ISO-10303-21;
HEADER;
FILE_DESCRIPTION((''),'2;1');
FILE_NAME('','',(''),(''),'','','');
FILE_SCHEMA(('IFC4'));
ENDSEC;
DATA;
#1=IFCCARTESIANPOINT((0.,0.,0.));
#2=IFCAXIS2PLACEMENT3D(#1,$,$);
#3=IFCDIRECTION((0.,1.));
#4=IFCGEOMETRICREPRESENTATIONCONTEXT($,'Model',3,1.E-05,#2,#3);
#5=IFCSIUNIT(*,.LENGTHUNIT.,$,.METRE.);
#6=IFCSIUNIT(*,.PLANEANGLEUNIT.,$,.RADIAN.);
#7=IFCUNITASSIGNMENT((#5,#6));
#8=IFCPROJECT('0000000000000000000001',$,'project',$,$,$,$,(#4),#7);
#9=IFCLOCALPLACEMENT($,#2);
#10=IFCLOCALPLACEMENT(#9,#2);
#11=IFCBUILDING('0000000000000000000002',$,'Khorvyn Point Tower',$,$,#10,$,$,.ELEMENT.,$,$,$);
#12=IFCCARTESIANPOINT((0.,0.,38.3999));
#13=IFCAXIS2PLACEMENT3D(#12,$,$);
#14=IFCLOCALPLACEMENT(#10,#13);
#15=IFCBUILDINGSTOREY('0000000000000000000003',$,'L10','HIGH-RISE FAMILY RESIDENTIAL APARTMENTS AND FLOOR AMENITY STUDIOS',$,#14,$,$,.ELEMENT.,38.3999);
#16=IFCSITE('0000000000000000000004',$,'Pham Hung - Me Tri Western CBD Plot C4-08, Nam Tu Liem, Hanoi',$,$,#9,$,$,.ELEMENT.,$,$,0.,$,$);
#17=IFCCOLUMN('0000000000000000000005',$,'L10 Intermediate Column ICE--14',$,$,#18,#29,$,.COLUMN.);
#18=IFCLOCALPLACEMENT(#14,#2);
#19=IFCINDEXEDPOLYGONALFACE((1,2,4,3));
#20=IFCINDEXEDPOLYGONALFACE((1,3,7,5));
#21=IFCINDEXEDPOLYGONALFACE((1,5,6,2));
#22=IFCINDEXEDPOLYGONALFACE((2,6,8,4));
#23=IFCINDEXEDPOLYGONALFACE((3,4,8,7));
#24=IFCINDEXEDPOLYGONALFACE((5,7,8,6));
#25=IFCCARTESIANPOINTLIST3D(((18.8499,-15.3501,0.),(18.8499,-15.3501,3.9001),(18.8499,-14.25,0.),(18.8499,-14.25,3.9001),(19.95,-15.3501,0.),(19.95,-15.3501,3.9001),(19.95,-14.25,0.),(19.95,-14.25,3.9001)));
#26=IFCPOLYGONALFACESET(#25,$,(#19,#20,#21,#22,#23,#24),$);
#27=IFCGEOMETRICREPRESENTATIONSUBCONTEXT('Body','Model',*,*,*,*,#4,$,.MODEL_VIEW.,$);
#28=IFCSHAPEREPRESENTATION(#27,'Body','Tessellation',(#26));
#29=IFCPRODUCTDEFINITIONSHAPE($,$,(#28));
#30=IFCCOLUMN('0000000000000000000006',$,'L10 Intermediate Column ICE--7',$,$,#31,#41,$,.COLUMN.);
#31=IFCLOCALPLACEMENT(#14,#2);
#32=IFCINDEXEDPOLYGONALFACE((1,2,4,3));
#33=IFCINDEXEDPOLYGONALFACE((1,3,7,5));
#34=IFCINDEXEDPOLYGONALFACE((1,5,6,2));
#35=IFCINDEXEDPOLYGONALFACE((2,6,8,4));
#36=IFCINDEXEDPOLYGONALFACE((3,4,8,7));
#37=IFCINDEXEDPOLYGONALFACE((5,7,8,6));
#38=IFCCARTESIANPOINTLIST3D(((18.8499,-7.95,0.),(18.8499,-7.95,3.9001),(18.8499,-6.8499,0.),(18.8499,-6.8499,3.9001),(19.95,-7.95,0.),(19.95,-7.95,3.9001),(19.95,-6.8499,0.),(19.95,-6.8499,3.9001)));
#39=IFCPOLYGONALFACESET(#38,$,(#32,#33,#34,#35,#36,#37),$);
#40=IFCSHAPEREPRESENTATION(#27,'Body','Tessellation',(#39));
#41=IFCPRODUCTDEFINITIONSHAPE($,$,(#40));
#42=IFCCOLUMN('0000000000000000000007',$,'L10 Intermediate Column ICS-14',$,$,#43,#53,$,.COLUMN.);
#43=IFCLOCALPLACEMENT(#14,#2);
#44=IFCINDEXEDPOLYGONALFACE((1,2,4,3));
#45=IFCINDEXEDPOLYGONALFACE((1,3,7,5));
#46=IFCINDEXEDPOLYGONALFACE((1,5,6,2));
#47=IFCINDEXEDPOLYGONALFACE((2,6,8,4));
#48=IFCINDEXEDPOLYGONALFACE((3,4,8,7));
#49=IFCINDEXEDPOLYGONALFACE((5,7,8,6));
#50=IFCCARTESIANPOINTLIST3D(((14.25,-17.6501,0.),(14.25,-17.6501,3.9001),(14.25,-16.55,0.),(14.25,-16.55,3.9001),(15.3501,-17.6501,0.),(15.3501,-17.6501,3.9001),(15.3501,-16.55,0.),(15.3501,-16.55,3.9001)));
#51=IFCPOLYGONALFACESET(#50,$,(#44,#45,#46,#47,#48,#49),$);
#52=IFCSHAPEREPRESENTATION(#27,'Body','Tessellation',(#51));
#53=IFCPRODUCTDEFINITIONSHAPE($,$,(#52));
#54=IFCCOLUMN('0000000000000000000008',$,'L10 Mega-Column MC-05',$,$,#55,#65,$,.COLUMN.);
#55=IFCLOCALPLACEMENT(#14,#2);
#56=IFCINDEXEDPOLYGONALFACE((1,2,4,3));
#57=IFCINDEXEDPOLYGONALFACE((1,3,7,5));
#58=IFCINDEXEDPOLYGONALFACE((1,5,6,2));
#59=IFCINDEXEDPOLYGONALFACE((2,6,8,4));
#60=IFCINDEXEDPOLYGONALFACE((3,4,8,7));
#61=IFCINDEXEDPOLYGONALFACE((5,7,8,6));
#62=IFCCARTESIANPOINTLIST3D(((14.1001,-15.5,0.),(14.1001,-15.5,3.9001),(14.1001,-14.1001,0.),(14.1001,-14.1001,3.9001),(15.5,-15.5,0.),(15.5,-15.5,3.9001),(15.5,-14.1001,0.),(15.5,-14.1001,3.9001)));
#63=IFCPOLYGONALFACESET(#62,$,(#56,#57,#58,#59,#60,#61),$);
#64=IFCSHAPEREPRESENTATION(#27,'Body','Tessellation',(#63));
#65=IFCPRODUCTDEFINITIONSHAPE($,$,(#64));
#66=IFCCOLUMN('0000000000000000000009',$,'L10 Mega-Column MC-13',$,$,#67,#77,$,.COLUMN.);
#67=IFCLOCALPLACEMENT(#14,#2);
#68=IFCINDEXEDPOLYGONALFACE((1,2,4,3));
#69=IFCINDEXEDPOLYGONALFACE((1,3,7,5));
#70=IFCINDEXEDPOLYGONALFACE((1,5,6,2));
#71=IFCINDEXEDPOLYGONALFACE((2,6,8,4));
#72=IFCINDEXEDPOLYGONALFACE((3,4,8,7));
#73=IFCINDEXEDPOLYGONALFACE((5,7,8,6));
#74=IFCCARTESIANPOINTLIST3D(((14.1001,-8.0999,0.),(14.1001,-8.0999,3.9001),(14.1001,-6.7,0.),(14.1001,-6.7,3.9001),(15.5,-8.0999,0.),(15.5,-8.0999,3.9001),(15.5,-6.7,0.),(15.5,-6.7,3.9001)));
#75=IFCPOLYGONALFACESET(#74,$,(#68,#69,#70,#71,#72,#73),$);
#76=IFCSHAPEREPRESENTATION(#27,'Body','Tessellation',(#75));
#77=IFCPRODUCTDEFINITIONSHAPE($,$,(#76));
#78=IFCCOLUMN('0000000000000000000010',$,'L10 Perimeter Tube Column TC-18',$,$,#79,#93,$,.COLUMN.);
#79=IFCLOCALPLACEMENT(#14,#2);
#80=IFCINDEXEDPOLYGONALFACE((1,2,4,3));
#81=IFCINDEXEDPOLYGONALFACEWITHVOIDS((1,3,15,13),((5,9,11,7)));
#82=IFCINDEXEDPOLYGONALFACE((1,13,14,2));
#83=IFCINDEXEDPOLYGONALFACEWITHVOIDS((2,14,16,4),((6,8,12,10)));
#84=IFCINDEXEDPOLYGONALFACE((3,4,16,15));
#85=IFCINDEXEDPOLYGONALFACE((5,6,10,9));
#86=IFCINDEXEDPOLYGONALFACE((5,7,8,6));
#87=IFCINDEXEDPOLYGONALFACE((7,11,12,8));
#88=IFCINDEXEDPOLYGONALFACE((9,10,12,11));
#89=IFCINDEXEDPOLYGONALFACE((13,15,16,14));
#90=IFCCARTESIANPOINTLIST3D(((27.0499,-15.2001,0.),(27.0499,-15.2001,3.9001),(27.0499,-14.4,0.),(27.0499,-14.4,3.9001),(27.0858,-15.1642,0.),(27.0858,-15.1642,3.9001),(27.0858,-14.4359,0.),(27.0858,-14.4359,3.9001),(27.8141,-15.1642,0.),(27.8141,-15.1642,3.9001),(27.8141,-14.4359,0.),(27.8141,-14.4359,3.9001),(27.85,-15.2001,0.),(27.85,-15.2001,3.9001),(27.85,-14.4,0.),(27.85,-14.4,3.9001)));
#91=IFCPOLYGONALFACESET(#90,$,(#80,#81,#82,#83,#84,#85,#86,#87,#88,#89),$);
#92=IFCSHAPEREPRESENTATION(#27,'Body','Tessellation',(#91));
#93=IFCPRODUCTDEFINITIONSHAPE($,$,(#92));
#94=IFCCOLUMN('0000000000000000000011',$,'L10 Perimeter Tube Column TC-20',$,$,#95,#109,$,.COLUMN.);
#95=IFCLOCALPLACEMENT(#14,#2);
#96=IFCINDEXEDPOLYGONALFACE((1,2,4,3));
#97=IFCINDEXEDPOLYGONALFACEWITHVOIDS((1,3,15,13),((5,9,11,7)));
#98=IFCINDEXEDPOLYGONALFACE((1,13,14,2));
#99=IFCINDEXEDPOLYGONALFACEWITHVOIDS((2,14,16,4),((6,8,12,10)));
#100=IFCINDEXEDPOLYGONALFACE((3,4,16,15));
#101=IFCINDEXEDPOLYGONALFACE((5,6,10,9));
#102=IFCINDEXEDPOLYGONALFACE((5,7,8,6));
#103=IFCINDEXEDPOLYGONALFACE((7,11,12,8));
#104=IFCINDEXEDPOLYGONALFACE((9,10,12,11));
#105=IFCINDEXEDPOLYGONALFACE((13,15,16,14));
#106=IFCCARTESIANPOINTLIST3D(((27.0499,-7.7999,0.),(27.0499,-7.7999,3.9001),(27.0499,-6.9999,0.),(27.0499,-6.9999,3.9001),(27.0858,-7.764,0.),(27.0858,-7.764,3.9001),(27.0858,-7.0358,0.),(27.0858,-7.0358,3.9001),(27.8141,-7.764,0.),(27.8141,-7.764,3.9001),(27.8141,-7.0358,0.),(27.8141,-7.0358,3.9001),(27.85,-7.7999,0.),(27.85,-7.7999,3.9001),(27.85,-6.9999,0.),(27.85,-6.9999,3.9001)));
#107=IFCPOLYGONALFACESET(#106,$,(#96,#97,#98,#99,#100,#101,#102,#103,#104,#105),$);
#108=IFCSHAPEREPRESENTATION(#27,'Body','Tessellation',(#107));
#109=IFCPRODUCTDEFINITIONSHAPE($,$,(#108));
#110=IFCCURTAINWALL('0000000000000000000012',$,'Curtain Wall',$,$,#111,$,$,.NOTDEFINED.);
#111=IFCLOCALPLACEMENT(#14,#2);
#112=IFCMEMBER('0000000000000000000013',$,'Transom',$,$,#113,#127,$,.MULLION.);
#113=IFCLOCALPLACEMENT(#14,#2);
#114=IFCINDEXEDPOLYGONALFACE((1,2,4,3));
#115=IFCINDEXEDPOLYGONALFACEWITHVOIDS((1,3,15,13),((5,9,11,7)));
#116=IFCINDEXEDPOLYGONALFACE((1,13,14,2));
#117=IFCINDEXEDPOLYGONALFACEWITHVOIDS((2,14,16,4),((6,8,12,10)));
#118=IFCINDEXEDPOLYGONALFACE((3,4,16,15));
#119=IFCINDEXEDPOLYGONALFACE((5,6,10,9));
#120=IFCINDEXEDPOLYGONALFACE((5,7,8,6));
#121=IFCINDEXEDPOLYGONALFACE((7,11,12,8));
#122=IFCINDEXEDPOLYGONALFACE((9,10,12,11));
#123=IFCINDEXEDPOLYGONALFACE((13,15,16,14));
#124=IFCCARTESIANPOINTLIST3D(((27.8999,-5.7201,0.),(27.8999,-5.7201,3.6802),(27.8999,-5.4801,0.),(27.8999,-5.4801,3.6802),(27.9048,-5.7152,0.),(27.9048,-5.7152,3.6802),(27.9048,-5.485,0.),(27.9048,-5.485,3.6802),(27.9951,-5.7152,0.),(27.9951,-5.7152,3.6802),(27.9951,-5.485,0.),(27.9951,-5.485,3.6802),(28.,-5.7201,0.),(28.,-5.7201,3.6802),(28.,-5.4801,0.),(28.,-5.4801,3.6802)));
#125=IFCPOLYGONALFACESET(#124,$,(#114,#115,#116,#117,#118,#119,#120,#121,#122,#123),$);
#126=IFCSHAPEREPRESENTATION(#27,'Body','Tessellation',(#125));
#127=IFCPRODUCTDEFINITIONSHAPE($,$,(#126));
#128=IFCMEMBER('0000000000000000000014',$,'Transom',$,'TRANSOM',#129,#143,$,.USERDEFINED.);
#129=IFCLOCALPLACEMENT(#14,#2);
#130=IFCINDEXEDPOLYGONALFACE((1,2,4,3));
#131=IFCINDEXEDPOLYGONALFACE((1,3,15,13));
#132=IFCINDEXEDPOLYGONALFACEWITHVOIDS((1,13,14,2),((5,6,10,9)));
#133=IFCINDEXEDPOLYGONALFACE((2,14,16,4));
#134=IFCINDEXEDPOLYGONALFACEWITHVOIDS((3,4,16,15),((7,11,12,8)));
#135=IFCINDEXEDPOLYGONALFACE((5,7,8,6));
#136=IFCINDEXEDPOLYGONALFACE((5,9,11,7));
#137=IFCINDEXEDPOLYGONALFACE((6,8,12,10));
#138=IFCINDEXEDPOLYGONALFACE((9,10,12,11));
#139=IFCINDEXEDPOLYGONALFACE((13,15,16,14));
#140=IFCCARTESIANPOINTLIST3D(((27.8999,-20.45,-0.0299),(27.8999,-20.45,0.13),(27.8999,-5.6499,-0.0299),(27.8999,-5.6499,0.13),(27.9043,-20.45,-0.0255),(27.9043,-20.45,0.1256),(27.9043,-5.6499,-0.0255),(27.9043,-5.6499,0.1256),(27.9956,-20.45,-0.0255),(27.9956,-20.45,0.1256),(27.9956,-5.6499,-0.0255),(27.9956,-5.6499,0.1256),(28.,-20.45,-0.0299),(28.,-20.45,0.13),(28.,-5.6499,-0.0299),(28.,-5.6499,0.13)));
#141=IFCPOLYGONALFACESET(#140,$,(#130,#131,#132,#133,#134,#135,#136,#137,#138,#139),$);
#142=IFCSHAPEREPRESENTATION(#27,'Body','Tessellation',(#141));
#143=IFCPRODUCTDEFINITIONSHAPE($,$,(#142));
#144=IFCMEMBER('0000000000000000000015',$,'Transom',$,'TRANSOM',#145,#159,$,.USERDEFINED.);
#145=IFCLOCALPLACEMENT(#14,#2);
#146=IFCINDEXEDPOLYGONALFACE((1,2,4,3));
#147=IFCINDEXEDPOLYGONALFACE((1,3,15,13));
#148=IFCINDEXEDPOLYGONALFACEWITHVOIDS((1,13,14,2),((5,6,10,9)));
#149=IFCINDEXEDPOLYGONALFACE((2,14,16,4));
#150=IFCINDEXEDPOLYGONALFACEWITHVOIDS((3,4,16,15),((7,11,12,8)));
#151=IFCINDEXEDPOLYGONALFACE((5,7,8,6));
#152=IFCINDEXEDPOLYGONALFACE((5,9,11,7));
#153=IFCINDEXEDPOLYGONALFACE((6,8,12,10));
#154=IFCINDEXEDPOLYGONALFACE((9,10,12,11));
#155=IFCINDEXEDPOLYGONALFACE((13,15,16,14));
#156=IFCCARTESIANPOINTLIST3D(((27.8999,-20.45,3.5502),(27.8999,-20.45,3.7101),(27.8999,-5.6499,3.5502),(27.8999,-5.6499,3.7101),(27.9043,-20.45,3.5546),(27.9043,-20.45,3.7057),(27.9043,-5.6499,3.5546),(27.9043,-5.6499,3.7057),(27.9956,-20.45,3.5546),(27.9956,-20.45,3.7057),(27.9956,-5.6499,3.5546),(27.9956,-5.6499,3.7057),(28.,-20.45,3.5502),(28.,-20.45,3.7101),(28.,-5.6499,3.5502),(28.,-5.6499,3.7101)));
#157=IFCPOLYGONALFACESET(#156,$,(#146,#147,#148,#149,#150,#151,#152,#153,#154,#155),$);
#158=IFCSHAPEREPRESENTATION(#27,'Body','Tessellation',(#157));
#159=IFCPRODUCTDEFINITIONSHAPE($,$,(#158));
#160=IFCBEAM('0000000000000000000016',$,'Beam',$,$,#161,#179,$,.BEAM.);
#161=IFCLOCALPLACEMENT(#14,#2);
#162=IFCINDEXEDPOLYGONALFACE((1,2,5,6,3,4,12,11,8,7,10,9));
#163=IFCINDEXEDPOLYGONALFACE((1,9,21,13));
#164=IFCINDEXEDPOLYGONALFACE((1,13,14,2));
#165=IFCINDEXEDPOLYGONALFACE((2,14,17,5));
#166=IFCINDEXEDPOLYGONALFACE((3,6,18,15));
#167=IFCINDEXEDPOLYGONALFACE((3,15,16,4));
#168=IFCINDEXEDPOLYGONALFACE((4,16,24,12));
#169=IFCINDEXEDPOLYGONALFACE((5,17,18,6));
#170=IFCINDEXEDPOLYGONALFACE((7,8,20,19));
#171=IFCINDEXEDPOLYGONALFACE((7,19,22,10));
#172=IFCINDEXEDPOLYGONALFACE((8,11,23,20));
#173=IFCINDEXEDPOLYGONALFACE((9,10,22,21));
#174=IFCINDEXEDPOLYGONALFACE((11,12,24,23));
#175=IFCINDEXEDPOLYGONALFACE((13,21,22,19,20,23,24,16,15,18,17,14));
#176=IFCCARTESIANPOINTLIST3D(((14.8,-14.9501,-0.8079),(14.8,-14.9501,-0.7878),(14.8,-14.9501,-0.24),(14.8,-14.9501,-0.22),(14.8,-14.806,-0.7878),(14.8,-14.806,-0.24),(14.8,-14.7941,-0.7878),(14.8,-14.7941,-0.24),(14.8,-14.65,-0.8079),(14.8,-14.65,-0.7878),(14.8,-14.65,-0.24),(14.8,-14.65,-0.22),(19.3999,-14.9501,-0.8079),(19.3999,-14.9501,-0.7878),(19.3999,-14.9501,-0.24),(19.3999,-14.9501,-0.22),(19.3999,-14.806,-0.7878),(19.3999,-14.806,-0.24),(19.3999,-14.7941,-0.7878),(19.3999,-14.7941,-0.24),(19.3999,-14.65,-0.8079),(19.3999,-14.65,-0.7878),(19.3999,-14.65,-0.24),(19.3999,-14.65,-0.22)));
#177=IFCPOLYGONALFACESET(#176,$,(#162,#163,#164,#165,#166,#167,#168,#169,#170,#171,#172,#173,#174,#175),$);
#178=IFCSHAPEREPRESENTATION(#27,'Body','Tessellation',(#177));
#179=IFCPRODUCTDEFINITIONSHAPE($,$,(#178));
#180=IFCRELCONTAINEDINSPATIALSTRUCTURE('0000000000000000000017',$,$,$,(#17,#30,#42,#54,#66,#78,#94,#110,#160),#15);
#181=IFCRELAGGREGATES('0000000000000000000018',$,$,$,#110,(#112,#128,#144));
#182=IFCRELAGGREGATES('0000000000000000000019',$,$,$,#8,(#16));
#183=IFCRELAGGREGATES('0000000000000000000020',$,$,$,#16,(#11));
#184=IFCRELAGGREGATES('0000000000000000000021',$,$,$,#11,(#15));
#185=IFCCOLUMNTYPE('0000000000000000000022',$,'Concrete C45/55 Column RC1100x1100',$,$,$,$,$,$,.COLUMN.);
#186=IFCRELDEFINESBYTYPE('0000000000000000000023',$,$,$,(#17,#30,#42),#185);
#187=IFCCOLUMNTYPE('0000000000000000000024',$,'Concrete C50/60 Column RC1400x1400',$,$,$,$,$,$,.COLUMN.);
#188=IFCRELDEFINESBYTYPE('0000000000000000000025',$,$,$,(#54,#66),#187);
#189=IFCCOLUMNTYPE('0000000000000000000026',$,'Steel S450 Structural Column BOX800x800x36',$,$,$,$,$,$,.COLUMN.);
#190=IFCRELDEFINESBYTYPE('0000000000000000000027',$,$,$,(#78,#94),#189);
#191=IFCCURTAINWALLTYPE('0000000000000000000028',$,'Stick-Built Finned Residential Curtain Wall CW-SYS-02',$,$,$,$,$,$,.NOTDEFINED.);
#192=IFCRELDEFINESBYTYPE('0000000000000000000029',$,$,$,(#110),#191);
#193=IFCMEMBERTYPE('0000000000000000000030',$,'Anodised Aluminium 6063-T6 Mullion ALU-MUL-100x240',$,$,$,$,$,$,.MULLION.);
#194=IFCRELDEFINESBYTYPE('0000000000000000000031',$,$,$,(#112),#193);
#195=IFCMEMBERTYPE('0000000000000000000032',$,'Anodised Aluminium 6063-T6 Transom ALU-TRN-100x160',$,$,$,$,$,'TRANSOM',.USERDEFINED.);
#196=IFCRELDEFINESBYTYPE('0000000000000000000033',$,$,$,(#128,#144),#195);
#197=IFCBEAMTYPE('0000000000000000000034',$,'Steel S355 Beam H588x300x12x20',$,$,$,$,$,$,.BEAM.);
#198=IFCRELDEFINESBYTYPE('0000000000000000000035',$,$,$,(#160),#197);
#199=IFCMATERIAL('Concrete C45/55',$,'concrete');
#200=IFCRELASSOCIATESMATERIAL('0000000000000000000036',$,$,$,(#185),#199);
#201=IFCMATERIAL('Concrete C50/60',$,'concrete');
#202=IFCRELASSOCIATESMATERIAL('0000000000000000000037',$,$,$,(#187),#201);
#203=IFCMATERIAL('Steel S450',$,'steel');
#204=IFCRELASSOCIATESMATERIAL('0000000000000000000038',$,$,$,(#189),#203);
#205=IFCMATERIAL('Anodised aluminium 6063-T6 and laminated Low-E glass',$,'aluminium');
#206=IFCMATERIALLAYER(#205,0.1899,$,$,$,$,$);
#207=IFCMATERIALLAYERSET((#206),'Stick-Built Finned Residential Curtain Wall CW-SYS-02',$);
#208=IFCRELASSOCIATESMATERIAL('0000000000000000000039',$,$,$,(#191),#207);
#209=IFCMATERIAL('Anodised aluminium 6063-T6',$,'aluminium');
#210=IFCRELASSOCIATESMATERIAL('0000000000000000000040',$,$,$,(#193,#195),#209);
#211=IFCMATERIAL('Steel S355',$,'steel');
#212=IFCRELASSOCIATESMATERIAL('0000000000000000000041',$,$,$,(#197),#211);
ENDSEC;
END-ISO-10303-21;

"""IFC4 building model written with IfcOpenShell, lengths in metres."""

from ifc_helpers import new_model, si_unit, direction, frame, origin, origin_2d, place, context, subcontext, project, spatial, rectangle, hollow_rectangle, i_section, extrude, material, layer, layer_set, material_profile, profile_set, type_object, element, aggregate, save


model = new_model("IFC4")

# Units and contexts
model_context = context("Model", 3, precision=1e-05, world=origin(), true_north=direction((0.0, 1.0)))
body_context = subcontext(model_context, "Body", "Model", "MODEL_VIEW")
ifc_project = project(units=[si_unit("LENGTHUNIT", "METRE"), si_unit("PLANEANGLEUNIT", "RADIAN")], contexts=[model_context])

# Site, building, storey
site_placement = place(None, origin())
site = spatial("IfcSite", under=ifc_project, at=site_placement, Name="Pham Hung - Me Tri Western CBD Plot C4-08, Nam Tu Liem, Hanoi", CompositionType="ELEMENT", RefElevation=0.0)
building_placement = place(site_placement, origin())
building = spatial("IfcBuilding", under=site, at=building_placement, Name="Khorvyn Point Tower", CompositionType="ELEMENT")
storey_placement = place(building_placement, frame((0.0, 0.0, 38.3999)))
storey = spatial("IfcBuildingStorey", under=building, at=storey_placement, Name="L10", Description="HIGH-RISE FAMILY RESIDENTIAL APARTMENTS AND FLOOR AMENITY STUDIOS", CompositionType="ELEMENT", Elevation=38.3999)

# Columns
ifc_material_1 = material(Name="Concrete C45/55", Category="concrete")
ifc_material_profile_1 = material_profile(ifc_material_1, rectangle(XDim=1.1001, YDim=1.1001, at=origin_2d()))
ifc_profile_set_1 = profile_set([ifc_material_profile_1], Name="Concrete C45/55 RC1100x1100")
column_type_1 = type_object("IfcColumnType", Name="Concrete C45/55 Column RC1100x1100", PredefinedType="COLUMN", material=ifc_profile_set_1)
for number, where, z_axis, x_axis, name in (
    (1, (19.3999, -14.8, 0.0), (0.0, 0.0, 1.0), (1.0, 0.0, 0.0), "L10 Intermediate Column ICE--14"),
    (2, (19.3999, -7.3999, 0.0), (0.0, 0.0, 1.0), (1.0, 0.0, 0.0), "L10 Intermediate Column ICE--7"),
    (3, (14.8, -17.1001, 0.0), (0.0, 0.0, 1.0), (1.0, 0.0, 0.0), "L10 Intermediate Column ICS-14"),
):
    element("IfcColumn", number, at=place(storey_placement, frame(where, z_axis=z_axis, x_axis=x_axis)), inside=storey, type_object=column_type_1, Name=name, PredefinedType="COLUMN", context=body_context, shape_type="SweptSolid", body=[
        extrude(rectangle(XDim=1.1001, YDim=1.1001, at=origin_2d()), origin(), (0.0, 0.0, 1.0), 3.9001),
    ])
ifc_material_2 = material(Name="Concrete C50/60", Category="concrete")
ifc_material_profile_2 = material_profile(ifc_material_2, rectangle(XDim=1.3999, YDim=1.3999, at=origin_2d()))
ifc_profile_set_2 = profile_set([ifc_material_profile_2], Name="Concrete C50/60 RC1400x1400")
column_type_2 = type_object("IfcColumnType", Name="Concrete C50/60 Column RC1400x1400", PredefinedType="COLUMN", material=ifc_profile_set_2)
for number, where, z_axis, x_axis, name in (
    (4, (14.8, -14.8, 0.0), (0.0, 0.0, 1.0), (1.0, 0.0, 0.0), "L10 Mega-Column MC-05"),
    (5, (14.8, -7.3999, 0.0), (0.0, 0.0, 1.0), (1.0, 0.0, 0.0), "L10 Mega-Column MC-13"),
):
    element("IfcColumn", number, at=place(storey_placement, frame(where, z_axis=z_axis, x_axis=x_axis)), inside=storey, type_object=column_type_2, Name=name, PredefinedType="COLUMN", context=body_context, shape_type="SweptSolid", body=[
        extrude(rectangle(XDim=1.3999, YDim=1.3999, at=origin_2d()), origin(), (0.0, 0.0, 1.0), 3.9001),
    ])
ifc_material_3 = material(Name="Steel S450", Category="steel")
ifc_material_profile_3 = material_profile(ifc_material_3, hollow_rectangle(XDim=0.8, YDim=0.8, WallThickness=0.0359, at=origin_2d()))
ifc_profile_set_3 = profile_set([ifc_material_profile_3], Name="Steel S450 BOX800x800x36")
column_type_3 = type_object("IfcColumnType", Name="Steel S450 Structural Column BOX800x800x36", PredefinedType="COLUMN", material=ifc_profile_set_3)
for number, where, z_axis, x_axis, name in (
    (6, (27.45, -14.8, 0.0), (0.0, 0.0, 1.0), (1.0, 0.0, 0.0), "L10 Perimeter Tube Column TC-18"),
    (7, (27.45, -7.3999, 0.0), (0.0, 0.0, 1.0), (1.0, 0.0, 0.0), "L10 Perimeter Tube Column TC-20"),
):
    element("IfcColumn", number, at=place(storey_placement, frame(where, z_axis=z_axis, x_axis=x_axis)), inside=storey, type_object=column_type_3, Name=name, PredefinedType="COLUMN", context=body_context, shape_type="SweptSolid", body=[
        extrude(hollow_rectangle(XDim=0.8, YDim=0.8, WallThickness=0.0359, at=origin_2d()), origin(), (0.0, 0.0, 1.0), 3.9001),
    ])

# Curtain wall, members
ifc_material_4 = material(Name="Anodised aluminium 6063-T6 and laminated Low-E glass", Category="aluminium")
ifc_layer_1 = layer(ifc_material_4, 0.1899)
ifc_layer_set_1 = layer_set([ifc_layer_1], Name="Stick-Built Finned Residential Curtain Wall CW-SYS-02")
curtain_wall_type = type_object("IfcCurtainWallType", Name="Stick-Built Finned Residential Curtain Wall CW-SYS-02", PredefinedType="NOTDEFINED", material=ifc_layer_set_1)
curtain_wall_placement = place(storey_placement, origin())
curtain_wall = element("IfcCurtainWall", 8, at=curtain_wall_placement, inside=storey, type_object=curtain_wall_type, Name="Curtain Wall", PredefinedType="NOTDEFINED")
ifc_material_5 = material(Name="Anodised aluminium 6063-T6", Category="aluminium")
ifc_material_profile_4 = material_profile(ifc_material_5, hollow_rectangle(XDim=0.1001, YDim=0.24, WallThickness=0.0049, at=origin_2d()))
ifc_profile_set_4 = profile_set([ifc_material_profile_4], Name="Anodised aluminium 6063-T6 ALU-MUL-100x240")
member_type_1 = type_object("IfcMemberType", Name="Anodised Aluminium 6063-T6 Mullion ALU-MUL-100x240", PredefinedType="MULLION", material=ifc_profile_set_4)
member_1_placement = place(storey_placement, frame((27.95, -5.6001, 0.0), z_axis=(0.0, 0.0, 1.0), x_axis=(1.0, 0.0, 0.0)))
member_1 = element("IfcMember", 9, at=member_1_placement, type_object=member_type_1, Name="Transom", PredefinedType="MULLION", context=body_context, shape_type="SweptSolid", body=[
    extrude(hollow_rectangle(XDim=0.1001, YDim=0.24, WallThickness=0.0049, at=origin_2d()), origin(), (0.0, 0.0, 1.0), 3.6802),
])
ifc_material_profile_5 = material_profile(ifc_material_5, hollow_rectangle(XDim=0.1001, YDim=0.1599, WallThickness=0.0044, at=origin_2d()))
ifc_profile_set_5 = profile_set([ifc_material_profile_5], Name="Anodised aluminium 6063-T6 ALU-TRN-100x160")
member_type_2 = type_object("IfcMemberType", Name="Anodised Aluminium 6063-T6 Transom ALU-TRN-100x160", ElementType="TRANSOM", PredefinedType="USERDEFINED", material=ifc_profile_set_5)
member_2_placement = place(storey_placement, frame((27.95, -5.6499, 0.05), z_axis=(0.0, -1.0, 0.0), x_axis=(1.0, 0.0, 0.0)))
member_2 = element("IfcMember", 10, at=member_2_placement, type_object=member_type_2, Name="Transom", ObjectType="TRANSOM", PredefinedType="USERDEFINED", context=body_context, shape_type="SweptSolid", body=[
    extrude(hollow_rectangle(XDim=0.1001, YDim=0.1599, WallThickness=0.0044, at=origin_2d()), origin(), (0.0, 0.0, 1.0), 14.8),
])
member_3_placement = place(storey_placement, frame((27.95, -5.6499, 3.6301), z_axis=(0.0, -1.0, 0.0), x_axis=(1.0, 0.0, 0.0)))
member_3 = element("IfcMember", 11, at=member_3_placement, type_object=member_type_2, Name="Transom", ObjectType="TRANSOM", PredefinedType="USERDEFINED", context=body_context, shape_type="SweptSolid", body=[
    extrude(hollow_rectangle(XDim=0.1001, YDim=0.1599, WallThickness=0.0044, at=origin_2d()), origin(), (0.0, 0.0, 1.0), 14.8),
])

# Beam
ifc_material_6 = material(Name="Steel S355", Category="steel")
ifc_material_profile_6 = material_profile(ifc_material_6, i_section(OverallWidth=0.3, OverallDepth=0.5879, WebThickness=0.012, FlangeThickness=0.02, at=origin_2d()))
ifc_profile_set_6 = profile_set([ifc_material_profile_6], Name="Steel S355 H588x300x12x20")
beam_type_1 = type_object("IfcBeamType", Name="Steel S355 Beam H588x300x12x20", PredefinedType="BEAM", material=ifc_profile_set_6)
beam_1_placement = place(storey_placement, frame((14.8, -14.8, -0.5139), z_axis=(1.0, 0.0, 0.0), x_axis=(0.0, 1.0, 0.0)))
element("IfcBeam", 12, at=beam_1_placement, inside=storey, type_object=beam_type_1, Name="Beam", PredefinedType="BEAM", context=body_context, shape_type="SweptSolid", body=[
    extrude(i_section(OverallWidth=0.3, OverallDepth=0.5879, WebThickness=0.012, FlangeThickness=0.02, at=origin_2d()), origin(), (0.0, 0.0, 1.0), 4.5999),
])

aggregate(curtain_wall, [member_1, member_2, member_3])

save(model, "model.ifc")
